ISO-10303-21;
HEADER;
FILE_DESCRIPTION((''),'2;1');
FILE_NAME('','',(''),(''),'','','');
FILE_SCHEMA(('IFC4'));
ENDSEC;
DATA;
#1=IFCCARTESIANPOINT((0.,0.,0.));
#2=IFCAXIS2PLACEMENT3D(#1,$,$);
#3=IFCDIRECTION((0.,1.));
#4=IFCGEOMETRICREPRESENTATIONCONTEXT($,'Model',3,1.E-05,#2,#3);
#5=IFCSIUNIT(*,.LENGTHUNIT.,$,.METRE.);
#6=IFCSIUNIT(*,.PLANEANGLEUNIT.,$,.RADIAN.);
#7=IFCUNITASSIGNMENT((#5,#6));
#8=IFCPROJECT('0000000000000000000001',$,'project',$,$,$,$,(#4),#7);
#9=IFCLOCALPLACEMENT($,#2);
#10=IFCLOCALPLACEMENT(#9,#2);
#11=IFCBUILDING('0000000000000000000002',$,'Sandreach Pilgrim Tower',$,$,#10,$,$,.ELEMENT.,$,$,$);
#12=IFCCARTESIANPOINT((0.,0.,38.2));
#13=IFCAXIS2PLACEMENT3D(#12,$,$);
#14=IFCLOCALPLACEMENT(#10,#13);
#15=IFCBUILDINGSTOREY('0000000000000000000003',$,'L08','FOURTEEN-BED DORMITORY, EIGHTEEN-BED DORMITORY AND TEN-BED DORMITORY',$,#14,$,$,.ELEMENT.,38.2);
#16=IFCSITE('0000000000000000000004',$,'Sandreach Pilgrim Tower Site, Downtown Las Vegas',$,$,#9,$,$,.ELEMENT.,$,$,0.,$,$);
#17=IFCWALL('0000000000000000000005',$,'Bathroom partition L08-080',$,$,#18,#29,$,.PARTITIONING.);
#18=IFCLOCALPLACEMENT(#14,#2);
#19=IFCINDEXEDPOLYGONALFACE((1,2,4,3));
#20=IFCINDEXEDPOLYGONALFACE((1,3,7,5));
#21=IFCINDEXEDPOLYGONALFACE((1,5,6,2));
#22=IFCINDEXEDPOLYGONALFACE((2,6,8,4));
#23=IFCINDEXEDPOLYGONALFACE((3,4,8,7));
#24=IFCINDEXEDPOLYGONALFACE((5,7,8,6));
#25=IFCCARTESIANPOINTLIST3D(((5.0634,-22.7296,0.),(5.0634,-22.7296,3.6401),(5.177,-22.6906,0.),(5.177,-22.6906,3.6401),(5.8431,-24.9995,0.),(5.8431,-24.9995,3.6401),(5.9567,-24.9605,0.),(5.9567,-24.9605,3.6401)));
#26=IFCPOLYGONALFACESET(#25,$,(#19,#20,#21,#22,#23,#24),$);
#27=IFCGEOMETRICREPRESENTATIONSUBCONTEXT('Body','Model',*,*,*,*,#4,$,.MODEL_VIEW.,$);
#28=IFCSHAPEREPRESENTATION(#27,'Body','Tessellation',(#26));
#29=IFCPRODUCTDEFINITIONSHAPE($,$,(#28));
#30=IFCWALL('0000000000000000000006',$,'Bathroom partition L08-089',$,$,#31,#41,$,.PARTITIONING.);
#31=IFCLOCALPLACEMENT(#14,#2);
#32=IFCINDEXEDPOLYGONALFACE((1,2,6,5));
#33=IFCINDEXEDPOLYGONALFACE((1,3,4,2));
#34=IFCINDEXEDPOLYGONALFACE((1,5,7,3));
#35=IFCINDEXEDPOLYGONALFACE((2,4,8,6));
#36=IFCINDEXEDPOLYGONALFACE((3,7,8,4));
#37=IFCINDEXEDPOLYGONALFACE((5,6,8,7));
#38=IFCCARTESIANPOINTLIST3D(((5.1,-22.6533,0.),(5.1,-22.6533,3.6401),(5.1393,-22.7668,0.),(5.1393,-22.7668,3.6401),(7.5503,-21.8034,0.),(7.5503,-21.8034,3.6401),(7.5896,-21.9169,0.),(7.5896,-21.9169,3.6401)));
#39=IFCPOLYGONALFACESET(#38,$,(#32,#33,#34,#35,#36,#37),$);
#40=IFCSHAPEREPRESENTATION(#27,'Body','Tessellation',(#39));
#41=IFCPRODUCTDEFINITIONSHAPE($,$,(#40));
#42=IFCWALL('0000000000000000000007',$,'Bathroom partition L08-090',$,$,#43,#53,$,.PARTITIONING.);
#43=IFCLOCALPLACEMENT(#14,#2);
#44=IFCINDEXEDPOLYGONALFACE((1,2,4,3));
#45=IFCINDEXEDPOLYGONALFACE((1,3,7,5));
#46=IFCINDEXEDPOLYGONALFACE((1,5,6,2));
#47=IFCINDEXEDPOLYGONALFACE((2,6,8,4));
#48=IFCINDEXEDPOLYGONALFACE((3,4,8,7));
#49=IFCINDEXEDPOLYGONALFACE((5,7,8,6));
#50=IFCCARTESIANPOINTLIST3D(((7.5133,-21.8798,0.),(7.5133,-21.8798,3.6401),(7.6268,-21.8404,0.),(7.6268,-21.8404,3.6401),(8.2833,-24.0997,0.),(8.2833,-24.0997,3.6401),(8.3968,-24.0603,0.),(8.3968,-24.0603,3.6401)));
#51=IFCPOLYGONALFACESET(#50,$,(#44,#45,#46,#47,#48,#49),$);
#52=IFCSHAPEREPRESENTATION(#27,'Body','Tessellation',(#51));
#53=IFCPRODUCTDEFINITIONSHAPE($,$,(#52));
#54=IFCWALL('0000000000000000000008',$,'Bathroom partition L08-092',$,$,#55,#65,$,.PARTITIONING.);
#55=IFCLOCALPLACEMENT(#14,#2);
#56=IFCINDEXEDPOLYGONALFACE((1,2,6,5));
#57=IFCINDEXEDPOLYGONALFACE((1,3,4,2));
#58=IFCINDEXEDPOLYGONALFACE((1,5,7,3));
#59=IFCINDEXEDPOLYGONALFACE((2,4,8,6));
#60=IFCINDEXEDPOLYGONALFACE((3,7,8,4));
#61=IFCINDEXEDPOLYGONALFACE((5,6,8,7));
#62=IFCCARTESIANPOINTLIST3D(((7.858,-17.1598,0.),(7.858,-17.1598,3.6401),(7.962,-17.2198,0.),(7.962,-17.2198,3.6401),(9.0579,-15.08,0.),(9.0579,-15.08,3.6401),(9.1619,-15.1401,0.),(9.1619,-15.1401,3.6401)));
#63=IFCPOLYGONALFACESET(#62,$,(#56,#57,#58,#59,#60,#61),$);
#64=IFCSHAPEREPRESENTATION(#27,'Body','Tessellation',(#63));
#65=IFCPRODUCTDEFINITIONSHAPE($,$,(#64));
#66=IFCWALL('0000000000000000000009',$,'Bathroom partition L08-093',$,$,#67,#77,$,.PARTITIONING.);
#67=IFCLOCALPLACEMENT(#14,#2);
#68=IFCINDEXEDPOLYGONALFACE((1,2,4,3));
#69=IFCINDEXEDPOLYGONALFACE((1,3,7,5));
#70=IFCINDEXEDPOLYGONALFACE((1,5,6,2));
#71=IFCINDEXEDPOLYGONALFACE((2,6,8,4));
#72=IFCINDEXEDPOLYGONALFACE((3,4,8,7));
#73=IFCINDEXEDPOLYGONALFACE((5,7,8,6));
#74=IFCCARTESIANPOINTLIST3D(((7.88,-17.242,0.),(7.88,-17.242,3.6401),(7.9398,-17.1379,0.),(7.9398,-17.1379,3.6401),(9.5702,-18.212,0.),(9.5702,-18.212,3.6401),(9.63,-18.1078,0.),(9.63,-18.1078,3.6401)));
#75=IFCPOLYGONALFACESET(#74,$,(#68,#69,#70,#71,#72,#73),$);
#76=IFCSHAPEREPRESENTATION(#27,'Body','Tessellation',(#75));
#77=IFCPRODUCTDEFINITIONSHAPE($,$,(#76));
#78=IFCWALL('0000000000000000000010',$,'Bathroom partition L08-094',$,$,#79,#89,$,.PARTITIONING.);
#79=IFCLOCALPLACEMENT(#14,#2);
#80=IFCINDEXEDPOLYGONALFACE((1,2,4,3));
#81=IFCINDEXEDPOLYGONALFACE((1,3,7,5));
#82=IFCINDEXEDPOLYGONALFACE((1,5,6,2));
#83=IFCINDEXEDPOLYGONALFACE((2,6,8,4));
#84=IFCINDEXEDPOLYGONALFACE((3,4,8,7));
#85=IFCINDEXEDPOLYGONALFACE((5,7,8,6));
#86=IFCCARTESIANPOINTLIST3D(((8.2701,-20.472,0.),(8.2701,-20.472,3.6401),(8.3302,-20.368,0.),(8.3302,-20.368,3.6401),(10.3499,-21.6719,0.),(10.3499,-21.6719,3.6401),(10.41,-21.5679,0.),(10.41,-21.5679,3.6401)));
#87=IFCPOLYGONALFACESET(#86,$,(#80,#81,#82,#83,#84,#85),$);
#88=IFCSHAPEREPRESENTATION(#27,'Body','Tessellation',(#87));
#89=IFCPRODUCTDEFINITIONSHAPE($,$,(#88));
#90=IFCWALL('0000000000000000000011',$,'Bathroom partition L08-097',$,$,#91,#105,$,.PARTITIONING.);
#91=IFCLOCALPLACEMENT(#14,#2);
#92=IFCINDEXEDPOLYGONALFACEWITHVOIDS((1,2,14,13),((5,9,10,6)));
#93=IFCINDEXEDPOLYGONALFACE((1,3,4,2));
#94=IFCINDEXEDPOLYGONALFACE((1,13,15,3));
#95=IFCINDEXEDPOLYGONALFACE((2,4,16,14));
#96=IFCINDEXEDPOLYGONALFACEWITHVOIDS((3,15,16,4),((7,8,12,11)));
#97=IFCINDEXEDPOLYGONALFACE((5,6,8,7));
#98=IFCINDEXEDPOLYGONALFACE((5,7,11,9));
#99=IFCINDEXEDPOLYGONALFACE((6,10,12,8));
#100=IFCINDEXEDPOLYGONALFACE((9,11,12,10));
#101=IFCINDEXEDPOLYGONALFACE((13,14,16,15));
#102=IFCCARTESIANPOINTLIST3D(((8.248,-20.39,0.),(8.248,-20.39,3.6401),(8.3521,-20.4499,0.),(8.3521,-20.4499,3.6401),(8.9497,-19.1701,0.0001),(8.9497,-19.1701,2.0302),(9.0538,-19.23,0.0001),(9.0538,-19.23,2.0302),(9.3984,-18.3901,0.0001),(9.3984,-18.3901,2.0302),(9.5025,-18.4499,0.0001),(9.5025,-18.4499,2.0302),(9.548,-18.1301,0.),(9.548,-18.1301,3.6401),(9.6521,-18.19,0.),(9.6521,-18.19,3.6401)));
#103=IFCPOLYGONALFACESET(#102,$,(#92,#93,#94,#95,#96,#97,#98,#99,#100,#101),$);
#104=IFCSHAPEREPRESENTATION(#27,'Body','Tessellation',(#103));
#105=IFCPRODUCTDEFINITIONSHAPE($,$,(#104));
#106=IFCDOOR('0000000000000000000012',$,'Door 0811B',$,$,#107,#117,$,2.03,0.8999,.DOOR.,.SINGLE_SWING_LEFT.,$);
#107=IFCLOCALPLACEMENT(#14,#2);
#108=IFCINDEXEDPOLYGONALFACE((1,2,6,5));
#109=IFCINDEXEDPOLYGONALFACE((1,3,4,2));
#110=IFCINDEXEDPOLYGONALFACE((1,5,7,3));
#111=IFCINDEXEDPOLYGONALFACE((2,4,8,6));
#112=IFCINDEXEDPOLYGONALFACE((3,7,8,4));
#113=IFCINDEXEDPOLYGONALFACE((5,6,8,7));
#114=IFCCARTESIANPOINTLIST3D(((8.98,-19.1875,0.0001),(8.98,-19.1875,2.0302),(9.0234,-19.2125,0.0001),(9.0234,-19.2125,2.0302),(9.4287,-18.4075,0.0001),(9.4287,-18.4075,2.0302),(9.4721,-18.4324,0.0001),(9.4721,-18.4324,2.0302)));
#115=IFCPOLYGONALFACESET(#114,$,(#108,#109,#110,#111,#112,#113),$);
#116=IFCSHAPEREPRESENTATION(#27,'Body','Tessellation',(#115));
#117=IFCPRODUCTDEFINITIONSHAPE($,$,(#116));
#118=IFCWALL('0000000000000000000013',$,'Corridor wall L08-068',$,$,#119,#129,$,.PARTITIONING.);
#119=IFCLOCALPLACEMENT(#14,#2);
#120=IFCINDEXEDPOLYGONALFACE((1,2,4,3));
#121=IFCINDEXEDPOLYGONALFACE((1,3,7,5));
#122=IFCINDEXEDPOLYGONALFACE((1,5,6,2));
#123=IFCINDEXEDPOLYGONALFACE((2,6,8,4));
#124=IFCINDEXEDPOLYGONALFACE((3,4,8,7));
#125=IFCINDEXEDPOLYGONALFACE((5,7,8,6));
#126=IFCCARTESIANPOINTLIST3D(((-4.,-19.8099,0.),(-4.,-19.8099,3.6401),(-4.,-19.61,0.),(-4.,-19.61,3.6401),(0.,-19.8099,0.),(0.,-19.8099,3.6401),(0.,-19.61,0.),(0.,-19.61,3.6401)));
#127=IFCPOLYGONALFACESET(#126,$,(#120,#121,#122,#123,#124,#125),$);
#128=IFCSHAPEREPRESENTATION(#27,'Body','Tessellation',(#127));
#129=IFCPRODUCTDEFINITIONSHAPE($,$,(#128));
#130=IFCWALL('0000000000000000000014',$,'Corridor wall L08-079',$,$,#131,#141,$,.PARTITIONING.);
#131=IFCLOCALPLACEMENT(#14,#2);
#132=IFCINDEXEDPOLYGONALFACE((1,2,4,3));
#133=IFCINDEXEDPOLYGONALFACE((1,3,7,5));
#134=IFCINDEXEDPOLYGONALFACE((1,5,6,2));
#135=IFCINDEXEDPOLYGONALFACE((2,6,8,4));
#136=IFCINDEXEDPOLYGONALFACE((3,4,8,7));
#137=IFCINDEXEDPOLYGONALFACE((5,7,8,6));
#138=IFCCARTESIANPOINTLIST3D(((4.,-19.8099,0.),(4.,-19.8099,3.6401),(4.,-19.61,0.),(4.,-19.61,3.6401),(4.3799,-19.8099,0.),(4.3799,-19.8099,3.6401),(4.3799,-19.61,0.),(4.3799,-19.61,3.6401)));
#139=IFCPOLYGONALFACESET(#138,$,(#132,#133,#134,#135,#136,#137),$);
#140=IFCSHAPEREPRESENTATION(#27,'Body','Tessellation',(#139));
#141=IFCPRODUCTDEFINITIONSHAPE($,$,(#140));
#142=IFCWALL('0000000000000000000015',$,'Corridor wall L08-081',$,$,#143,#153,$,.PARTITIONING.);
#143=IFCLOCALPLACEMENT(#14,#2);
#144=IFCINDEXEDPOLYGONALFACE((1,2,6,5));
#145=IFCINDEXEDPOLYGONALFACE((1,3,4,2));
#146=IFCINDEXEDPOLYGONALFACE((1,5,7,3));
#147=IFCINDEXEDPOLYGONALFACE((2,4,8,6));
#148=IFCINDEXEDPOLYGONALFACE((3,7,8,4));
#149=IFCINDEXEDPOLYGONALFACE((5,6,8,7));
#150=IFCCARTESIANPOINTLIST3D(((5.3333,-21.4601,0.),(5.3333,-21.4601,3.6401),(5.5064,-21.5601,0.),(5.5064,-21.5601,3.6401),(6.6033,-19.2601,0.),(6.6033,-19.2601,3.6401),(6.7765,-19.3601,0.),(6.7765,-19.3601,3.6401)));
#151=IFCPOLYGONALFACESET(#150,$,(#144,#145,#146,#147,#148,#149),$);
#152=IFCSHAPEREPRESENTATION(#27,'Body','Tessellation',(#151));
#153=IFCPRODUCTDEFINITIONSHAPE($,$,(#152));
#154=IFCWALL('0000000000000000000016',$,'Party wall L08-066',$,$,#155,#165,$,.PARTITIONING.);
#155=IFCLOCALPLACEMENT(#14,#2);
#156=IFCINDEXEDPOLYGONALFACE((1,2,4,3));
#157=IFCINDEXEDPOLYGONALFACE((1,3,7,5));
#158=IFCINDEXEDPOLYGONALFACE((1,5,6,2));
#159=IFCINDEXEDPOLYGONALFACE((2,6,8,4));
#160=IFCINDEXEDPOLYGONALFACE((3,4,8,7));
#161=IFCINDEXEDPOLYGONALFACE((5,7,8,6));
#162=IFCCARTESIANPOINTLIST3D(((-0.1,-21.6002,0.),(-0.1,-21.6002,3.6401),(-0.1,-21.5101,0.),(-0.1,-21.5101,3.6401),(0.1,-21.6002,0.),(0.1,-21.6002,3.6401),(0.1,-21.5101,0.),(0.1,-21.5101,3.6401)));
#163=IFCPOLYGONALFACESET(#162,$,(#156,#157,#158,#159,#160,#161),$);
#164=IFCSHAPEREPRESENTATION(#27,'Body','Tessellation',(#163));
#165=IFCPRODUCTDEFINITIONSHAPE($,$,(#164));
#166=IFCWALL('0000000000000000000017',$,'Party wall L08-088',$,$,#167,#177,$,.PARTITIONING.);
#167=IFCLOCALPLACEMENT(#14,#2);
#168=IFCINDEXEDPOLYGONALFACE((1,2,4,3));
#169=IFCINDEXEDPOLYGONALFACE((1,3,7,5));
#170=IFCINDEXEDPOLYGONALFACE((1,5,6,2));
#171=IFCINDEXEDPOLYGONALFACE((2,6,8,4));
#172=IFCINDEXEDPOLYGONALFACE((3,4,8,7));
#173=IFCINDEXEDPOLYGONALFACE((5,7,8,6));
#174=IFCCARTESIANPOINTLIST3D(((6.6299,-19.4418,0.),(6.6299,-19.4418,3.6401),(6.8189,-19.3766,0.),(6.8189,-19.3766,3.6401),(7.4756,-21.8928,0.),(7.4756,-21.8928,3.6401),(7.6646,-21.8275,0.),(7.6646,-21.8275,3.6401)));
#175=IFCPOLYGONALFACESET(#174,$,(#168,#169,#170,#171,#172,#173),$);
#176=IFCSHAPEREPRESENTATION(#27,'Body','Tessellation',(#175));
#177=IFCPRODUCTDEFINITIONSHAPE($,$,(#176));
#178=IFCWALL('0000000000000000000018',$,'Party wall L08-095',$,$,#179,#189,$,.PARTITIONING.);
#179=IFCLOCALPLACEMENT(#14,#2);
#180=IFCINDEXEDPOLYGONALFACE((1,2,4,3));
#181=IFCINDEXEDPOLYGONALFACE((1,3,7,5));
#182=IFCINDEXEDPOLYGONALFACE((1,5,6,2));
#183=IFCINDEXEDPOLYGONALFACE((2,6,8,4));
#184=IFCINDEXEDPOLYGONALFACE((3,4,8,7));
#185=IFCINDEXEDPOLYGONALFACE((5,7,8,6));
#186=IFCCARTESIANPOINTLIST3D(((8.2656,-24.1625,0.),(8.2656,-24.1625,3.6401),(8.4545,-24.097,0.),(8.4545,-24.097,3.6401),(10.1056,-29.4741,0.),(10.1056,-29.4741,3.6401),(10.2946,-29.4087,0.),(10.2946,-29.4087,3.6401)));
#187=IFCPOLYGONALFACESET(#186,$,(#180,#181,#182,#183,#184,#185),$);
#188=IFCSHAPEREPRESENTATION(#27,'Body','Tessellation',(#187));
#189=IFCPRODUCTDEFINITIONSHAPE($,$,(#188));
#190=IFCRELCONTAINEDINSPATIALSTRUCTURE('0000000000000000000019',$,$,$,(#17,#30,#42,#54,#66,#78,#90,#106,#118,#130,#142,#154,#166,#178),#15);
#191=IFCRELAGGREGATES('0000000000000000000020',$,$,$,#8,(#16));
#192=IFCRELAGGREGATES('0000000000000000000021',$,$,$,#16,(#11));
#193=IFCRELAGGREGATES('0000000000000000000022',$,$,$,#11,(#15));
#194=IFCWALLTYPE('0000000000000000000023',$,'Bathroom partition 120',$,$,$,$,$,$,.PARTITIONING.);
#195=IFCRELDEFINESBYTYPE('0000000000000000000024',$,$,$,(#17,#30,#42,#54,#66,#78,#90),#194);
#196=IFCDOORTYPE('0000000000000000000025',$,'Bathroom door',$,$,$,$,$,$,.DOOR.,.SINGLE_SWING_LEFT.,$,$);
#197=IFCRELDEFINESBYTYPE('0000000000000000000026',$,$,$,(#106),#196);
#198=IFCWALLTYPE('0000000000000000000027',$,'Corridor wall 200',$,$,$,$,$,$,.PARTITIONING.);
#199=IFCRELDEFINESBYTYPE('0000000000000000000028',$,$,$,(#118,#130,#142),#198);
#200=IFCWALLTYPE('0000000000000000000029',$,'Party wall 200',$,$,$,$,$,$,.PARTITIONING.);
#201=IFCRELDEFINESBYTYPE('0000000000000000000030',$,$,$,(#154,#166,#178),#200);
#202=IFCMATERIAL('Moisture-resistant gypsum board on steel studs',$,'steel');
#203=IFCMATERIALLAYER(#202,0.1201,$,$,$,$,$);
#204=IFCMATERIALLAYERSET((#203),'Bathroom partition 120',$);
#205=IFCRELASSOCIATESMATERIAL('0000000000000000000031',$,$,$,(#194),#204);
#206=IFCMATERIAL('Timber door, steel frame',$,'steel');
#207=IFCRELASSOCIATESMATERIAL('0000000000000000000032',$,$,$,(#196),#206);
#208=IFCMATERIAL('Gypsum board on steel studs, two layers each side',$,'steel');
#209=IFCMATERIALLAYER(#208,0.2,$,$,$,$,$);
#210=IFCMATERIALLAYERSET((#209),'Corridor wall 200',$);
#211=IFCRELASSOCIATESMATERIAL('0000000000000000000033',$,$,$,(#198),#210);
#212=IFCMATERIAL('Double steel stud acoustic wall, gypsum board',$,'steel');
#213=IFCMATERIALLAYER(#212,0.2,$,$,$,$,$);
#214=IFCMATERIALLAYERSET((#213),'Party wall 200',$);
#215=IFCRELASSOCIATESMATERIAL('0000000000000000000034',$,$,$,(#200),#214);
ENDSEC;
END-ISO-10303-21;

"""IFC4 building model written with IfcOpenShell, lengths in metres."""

from ifc_helpers import new_model, si_unit, direction, frame, frame_2d, origin, place, context, subcontext, project, spatial, rectangle, extrude, material, layer, layer_set, type_object, element, fill, save


model = new_model("IFC4")

# Units and contexts
model_context = context("Model", 3, precision=1e-05, world=origin(), true_north=direction((0.0, 1.0)))
body_context = subcontext(model_context, "Body", "Model", "MODEL_VIEW")
ifc_project = project(units=[si_unit("LENGTHUNIT", "METRE"), si_unit("PLANEANGLEUNIT", "RADIAN")], contexts=[model_context])

# Site, building, storey
site_placement = place(None, origin())
site = spatial("IfcSite", under=ifc_project, at=site_placement, Name="Sandreach Pilgrim Tower Site, Downtown Las Vegas", CompositionType="ELEMENT", RefElevation=0.0)
building_placement = place(site_placement, origin())
building = spatial("IfcBuilding", under=site, at=building_placement, Name="Sandreach Pilgrim Tower", CompositionType="ELEMENT")
storey_placement = place(building_placement, frame((0.0, 0.0, 38.2)))
storey = spatial("IfcBuildingStorey", under=building, at=storey_placement, Name="L08", Description="FOURTEEN-BED DORMITORY, EIGHTEEN-BED DORMITORY AND TEN-BED DORMITORY", CompositionType="ELEMENT", Elevation=38.2)

# Walls
ifc_material_1 = material(Name="Moisture-resistant gypsum board on steel studs", Category="steel")
ifc_layer_1 = layer(ifc_material_1, 0.1201)
ifc_layer_set_1 = layer_set([ifc_layer_1], Name="Bathroom partition 120")
wall_type_1 = type_object("IfcWallType", Name="Bathroom partition 120", PredefinedType="PARTITIONING", material=ifc_layer_set_1)
wall_1_placement = place(storey_placement, frame((5.1201, -22.71, 0.0), z_axis=(0.0, 0.0, 1.0), x_axis=(0.324881, -0.945755, 0.0)))
element("IfcWall", 1, at=wall_1_placement, inside=storey, type_object=wall_type_1, Name="Bathroom partition L08-080", PredefinedType="PARTITIONING", context=body_context, shape_type="SweptSolid", body=[
    extrude(rectangle(XDim=2.4001, YDim=0.1201, at=frame_2d((1.2002, 0.0))), origin(), (0.0, 0.0, 1.0), 3.6401),
])
wall_2_placement = place(storey_placement, frame((7.5701, -21.8601, 0.0), z_axis=(0.0, 0.0, 1.0), x_axis=(-0.944782, -0.327699, 0.0)))
element("IfcWall", 2, at=wall_2_placement, inside=storey, type_object=wall_type_1, Name="Bathroom partition L08-089", PredefinedType="PARTITIONING", context=body_context, shape_type="SweptSolid", body=[
    extrude(rectangle(XDim=2.5935, YDim=0.1201, at=frame_2d((1.2969, 0.0))), origin(), (0.0, 0.0, 1.0), 3.6401),
])
wall_3_placement = place(storey_placement, frame((7.5701, -21.8601, 0.0), z_axis=(0.0, 0.0, 1.0), x_axis=(0.327706, -0.94478, 0.0)))
element("IfcWall", 3, at=wall_3_placement, inside=storey, type_object=wall_type_1, Name="Bathroom partition L08-090", PredefinedType="PARTITIONING", context=body_context, shape_type="SweptSolid", body=[
    extrude(rectangle(XDim=2.3496, YDim=0.1201, at=frame_2d((1.1748, 0.0))), origin(), (0.0, 0.0, 1.0), 3.6401),
])
wall_4_placement = place(storey_placement, frame((7.9099, -17.1899, 0.0), z_axis=(0.0, 0.0, 1.0), x_axis=(0.499737, 0.866177, 0.0)))
element("IfcWall", 4, at=wall_4_placement, inside=storey, type_object=wall_type_1, Name="Bathroom partition L08-092", PredefinedType="PARTITIONING", context=body_context, shape_type="SweptSolid", body=[
    extrude(rectangle(XDim=2.4011, YDim=0.1201, at=frame_2d((1.2007, 0.0))), origin(), (0.0, 0.0, 1.0), 3.6401),
])
wall_5_placement = place(storey_placement, frame((7.9099, -17.1899, 0.0), z_axis=(0.0, 0.0, 1.0), x_axis=(0.867324, -0.497744, 0.0)))
element("IfcWall", 5, at=wall_5_placement, inside=storey, type_object=wall_type_1, Name="Bathroom partition L08-093", PredefinedType="PARTITIONING", context=body_context, shape_type="SweptSolid", body=[
    extrude(rectangle(XDim=1.9487, YDim=0.1201, at=frame_2d((0.9744, 0.0))), origin(), (0.0, 0.0, 1.0), 3.6401),
])
wall_6_placement = place(storey_placement, frame((8.3, -20.4199, 0.0), z_axis=(0.0, 0.0, 1.0), x_axis=(0.866177, -0.499737, 0.0)))
element("IfcWall", 6, at=wall_6_placement, inside=storey, type_object=wall_type_1, Name="Bathroom partition L08-094", PredefinedType="PARTITIONING", context=body_context, shape_type="SweptSolid", body=[
    extrude(rectangle(XDim=2.4011, YDim=0.1201, at=frame_2d((1.2007, 0.0))), origin(), (0.0, 0.0, 1.0), 3.6401),
])

# Wall, opening, door
wall_7_placement = place(storey_placement, frame((9.6001, -18.1599, 0.0), z_axis=(0.0, 0.0, 1.0), x_axis=(-0.498628, -0.866816, 0.0)))
wall_7 = element("IfcWall", 7, at=wall_7_placement, inside=storey, type_object=wall_type_1, Name="Bathroom partition L08-097", PredefinedType="PARTITIONING", context=body_context, shape_type="SweptSolid", body=[
    extrude(rectangle(XDim=2.6072, YDim=0.1201, at=frame_2d((1.3037, 0.0))), origin(), (0.0, 0.0, 1.0), 3.6401),
])
opening_1_placement = place(wall_7_placement, frame((0.3, 0.0, 0.0)))
opening_1 = element("IfcOpeningElement", 8, at=opening_1_placement, cuts=wall_7, PredefinedType="OPENING", context=body_context, shape_type="SweptSolid", body=[
    extrude(rectangle(XDim=0.8999, YDim=2.03, at=frame_2d((0.45, 1.0151))), frame((0.0, 0.0601, 0.0), z_axis=(0.0, -1.0, 0.0), x_axis=(1.0, 0.0, 0.0)), (0.0, 0.0, 1.0), 0.1201),
])
ifc_material_2 = material(Name="Timber door, steel frame", Category="steel")
door_type_1 = type_object("IfcDoorType", Name="Bathroom door", OperationType="SINGLE_SWING_LEFT", PredefinedType="DOOR", material=ifc_material_2)
door_1_placement = place(opening_1_placement, origin())
door_1 = element("IfcDoor", 9, at=door_1_placement, inside=storey, type_object=door_type_1, Name="Door 0811B", OperationType="SINGLE_SWING_LEFT", OverallHeight=2.03, OverallWidth=0.8999, PredefinedType="DOOR", context=body_context, shape_type="SweptSolid", body=[
    extrude(rectangle(XDim=0.8999, YDim=2.03, at=frame_2d((0.45, 1.0151))), frame((0.0, 0.0249, 0.0), z_axis=(0.0, -1.0, 0.0), x_axis=(1.0, 0.0, 0.0)), (0.0, 0.0, 1.0), 0.05),
])
fill(opening_1, door_1)
ifc_material_3 = material(Name="Gypsum board on steel studs, two layers each side", Category="steel")
ifc_layer_2 = layer(ifc_material_3, 0.2)
ifc_layer_set_2 = layer_set([ifc_layer_2], Name="Corridor wall 200")
wall_type_2 = type_object("IfcWallType", Name="Corridor wall 200", PredefinedType="PARTITIONING", material=ifc_layer_set_2)

# Wall
wall_8_placement = place(storey_placement, frame((0.0, -19.71, 0.0), z_axis=(0.0, 0.0, 1.0), x_axis=(-1.0, 0.0, 0.0)))
element("IfcWall", 10, at=wall_8_placement, inside=storey, type_object=wall_type_2, Name="Corridor wall L08-068", PredefinedType="PARTITIONING", context=body_context, shape_type="SweptSolid", body=[
    extrude(rectangle(XDim=4.0, YDim=0.2, at=frame_2d((2.0, 0.0))), origin(), (0.0, 0.0, 1.0), 3.6401),
])

# Walls
wall_9_placement = place(storey_placement, frame((4.3799, -19.71, 0.0), z_axis=(0.0, 0.0, 1.0), x_axis=(-1.0, 0.0, 0.0)))
element("IfcWall", 11, at=wall_9_placement, inside=storey, type_object=wall_type_2, Name="Corridor wall L08-079", PredefinedType="PARTITIONING", context=body_context, shape_type="SweptSolid", body=[
    extrude(rectangle(XDim=0.3799, YDim=0.2, at=frame_2d((0.1899, 0.0))), origin(), (0.0, 0.0, 1.0), 3.6401),
])
wall_10_placement = place(storey_placement, frame((5.4199, -21.51, 0.0), z_axis=(0.0, 0.0, 1.0), x_axis=(0.499964, 0.866046, 0.0)))
element("IfcWall", 12, at=wall_10_placement, inside=storey, type_object=wall_type_2, Name="Corridor wall L08-081", PredefinedType="PARTITIONING", context=body_context, shape_type="SweptSolid", body=[
    extrude(rectangle(XDim=2.5403, YDim=0.2, at=frame_2d((1.27, 0.0))), origin(), (0.0, 0.0, 1.0), 3.6401),
])

# Walls
ifc_material_4 = material(Name="Double steel stud acoustic wall, gypsum board", Category="steel")
ifc_layer_3 = layer(ifc_material_4, 0.2)
ifc_layer_set_3 = layer_set([ifc_layer_3], Name="Party wall 200")
wall_type_3 = type_object("IfcWallType", Name="Party wall 200", PredefinedType="PARTITIONING", material=ifc_layer_set_3)
wall_11_placement = place(storey_placement, frame((0.0, -21.6001, 0.0), z_axis=(0.0, 0.0, 1.0), x_axis=(0.0, 1.0, 0.0)))
element("IfcWall", 13, at=wall_11_placement, inside=storey, type_object=wall_type_3, Name="Party wall L08-066", PredefinedType="PARTITIONING", context=body_context, shape_type="SweptSolid", body=[
    extrude(rectangle(XDim=0.0901, YDim=0.2, at=frame_2d((0.0449, 0.0))), origin(), (0.0, 0.0, 1.0), 3.6401),
])
wall_12_placement = place(storey_placement, frame((6.7244, -19.4092, 0.0), z_axis=(0.0, 0.0, 1.0), x_axis=(0.326182, -0.945307, 0.0)))
element("IfcWall", 14, at=wall_12_placement, inside=storey, type_object=wall_type_3, Name="Party wall L08-088", PredefinedType="PARTITIONING", context=body_context, shape_type="SweptSolid", body=[
    extrude(rectangle(XDim=2.5928, YDim=0.2, at=frame_2d((1.2964, 0.0))), origin(), (0.0, 0.0, 1.0), 3.6401),
])
wall_13_placement = place(storey_placement, frame((8.3601, -24.1299, 0.0), z_axis=(0.0, 0.0, 1.0), x_axis=(0.327333, -0.944909, 0.0)))
element("IfcWall", 15, at=wall_13_placement, inside=storey, type_object=wall_type_3, Name="Party wall L08-095", PredefinedType="PARTITIONING", context=body_context, shape_type="SweptSolid", body=[
    extrude(rectangle(XDim=5.6213, YDim=0.2, at=frame_2d((2.8105, 0.0))), origin(), (0.0, 0.0, 1.0), 3.6401),
])

save(model, "model.ifc")
